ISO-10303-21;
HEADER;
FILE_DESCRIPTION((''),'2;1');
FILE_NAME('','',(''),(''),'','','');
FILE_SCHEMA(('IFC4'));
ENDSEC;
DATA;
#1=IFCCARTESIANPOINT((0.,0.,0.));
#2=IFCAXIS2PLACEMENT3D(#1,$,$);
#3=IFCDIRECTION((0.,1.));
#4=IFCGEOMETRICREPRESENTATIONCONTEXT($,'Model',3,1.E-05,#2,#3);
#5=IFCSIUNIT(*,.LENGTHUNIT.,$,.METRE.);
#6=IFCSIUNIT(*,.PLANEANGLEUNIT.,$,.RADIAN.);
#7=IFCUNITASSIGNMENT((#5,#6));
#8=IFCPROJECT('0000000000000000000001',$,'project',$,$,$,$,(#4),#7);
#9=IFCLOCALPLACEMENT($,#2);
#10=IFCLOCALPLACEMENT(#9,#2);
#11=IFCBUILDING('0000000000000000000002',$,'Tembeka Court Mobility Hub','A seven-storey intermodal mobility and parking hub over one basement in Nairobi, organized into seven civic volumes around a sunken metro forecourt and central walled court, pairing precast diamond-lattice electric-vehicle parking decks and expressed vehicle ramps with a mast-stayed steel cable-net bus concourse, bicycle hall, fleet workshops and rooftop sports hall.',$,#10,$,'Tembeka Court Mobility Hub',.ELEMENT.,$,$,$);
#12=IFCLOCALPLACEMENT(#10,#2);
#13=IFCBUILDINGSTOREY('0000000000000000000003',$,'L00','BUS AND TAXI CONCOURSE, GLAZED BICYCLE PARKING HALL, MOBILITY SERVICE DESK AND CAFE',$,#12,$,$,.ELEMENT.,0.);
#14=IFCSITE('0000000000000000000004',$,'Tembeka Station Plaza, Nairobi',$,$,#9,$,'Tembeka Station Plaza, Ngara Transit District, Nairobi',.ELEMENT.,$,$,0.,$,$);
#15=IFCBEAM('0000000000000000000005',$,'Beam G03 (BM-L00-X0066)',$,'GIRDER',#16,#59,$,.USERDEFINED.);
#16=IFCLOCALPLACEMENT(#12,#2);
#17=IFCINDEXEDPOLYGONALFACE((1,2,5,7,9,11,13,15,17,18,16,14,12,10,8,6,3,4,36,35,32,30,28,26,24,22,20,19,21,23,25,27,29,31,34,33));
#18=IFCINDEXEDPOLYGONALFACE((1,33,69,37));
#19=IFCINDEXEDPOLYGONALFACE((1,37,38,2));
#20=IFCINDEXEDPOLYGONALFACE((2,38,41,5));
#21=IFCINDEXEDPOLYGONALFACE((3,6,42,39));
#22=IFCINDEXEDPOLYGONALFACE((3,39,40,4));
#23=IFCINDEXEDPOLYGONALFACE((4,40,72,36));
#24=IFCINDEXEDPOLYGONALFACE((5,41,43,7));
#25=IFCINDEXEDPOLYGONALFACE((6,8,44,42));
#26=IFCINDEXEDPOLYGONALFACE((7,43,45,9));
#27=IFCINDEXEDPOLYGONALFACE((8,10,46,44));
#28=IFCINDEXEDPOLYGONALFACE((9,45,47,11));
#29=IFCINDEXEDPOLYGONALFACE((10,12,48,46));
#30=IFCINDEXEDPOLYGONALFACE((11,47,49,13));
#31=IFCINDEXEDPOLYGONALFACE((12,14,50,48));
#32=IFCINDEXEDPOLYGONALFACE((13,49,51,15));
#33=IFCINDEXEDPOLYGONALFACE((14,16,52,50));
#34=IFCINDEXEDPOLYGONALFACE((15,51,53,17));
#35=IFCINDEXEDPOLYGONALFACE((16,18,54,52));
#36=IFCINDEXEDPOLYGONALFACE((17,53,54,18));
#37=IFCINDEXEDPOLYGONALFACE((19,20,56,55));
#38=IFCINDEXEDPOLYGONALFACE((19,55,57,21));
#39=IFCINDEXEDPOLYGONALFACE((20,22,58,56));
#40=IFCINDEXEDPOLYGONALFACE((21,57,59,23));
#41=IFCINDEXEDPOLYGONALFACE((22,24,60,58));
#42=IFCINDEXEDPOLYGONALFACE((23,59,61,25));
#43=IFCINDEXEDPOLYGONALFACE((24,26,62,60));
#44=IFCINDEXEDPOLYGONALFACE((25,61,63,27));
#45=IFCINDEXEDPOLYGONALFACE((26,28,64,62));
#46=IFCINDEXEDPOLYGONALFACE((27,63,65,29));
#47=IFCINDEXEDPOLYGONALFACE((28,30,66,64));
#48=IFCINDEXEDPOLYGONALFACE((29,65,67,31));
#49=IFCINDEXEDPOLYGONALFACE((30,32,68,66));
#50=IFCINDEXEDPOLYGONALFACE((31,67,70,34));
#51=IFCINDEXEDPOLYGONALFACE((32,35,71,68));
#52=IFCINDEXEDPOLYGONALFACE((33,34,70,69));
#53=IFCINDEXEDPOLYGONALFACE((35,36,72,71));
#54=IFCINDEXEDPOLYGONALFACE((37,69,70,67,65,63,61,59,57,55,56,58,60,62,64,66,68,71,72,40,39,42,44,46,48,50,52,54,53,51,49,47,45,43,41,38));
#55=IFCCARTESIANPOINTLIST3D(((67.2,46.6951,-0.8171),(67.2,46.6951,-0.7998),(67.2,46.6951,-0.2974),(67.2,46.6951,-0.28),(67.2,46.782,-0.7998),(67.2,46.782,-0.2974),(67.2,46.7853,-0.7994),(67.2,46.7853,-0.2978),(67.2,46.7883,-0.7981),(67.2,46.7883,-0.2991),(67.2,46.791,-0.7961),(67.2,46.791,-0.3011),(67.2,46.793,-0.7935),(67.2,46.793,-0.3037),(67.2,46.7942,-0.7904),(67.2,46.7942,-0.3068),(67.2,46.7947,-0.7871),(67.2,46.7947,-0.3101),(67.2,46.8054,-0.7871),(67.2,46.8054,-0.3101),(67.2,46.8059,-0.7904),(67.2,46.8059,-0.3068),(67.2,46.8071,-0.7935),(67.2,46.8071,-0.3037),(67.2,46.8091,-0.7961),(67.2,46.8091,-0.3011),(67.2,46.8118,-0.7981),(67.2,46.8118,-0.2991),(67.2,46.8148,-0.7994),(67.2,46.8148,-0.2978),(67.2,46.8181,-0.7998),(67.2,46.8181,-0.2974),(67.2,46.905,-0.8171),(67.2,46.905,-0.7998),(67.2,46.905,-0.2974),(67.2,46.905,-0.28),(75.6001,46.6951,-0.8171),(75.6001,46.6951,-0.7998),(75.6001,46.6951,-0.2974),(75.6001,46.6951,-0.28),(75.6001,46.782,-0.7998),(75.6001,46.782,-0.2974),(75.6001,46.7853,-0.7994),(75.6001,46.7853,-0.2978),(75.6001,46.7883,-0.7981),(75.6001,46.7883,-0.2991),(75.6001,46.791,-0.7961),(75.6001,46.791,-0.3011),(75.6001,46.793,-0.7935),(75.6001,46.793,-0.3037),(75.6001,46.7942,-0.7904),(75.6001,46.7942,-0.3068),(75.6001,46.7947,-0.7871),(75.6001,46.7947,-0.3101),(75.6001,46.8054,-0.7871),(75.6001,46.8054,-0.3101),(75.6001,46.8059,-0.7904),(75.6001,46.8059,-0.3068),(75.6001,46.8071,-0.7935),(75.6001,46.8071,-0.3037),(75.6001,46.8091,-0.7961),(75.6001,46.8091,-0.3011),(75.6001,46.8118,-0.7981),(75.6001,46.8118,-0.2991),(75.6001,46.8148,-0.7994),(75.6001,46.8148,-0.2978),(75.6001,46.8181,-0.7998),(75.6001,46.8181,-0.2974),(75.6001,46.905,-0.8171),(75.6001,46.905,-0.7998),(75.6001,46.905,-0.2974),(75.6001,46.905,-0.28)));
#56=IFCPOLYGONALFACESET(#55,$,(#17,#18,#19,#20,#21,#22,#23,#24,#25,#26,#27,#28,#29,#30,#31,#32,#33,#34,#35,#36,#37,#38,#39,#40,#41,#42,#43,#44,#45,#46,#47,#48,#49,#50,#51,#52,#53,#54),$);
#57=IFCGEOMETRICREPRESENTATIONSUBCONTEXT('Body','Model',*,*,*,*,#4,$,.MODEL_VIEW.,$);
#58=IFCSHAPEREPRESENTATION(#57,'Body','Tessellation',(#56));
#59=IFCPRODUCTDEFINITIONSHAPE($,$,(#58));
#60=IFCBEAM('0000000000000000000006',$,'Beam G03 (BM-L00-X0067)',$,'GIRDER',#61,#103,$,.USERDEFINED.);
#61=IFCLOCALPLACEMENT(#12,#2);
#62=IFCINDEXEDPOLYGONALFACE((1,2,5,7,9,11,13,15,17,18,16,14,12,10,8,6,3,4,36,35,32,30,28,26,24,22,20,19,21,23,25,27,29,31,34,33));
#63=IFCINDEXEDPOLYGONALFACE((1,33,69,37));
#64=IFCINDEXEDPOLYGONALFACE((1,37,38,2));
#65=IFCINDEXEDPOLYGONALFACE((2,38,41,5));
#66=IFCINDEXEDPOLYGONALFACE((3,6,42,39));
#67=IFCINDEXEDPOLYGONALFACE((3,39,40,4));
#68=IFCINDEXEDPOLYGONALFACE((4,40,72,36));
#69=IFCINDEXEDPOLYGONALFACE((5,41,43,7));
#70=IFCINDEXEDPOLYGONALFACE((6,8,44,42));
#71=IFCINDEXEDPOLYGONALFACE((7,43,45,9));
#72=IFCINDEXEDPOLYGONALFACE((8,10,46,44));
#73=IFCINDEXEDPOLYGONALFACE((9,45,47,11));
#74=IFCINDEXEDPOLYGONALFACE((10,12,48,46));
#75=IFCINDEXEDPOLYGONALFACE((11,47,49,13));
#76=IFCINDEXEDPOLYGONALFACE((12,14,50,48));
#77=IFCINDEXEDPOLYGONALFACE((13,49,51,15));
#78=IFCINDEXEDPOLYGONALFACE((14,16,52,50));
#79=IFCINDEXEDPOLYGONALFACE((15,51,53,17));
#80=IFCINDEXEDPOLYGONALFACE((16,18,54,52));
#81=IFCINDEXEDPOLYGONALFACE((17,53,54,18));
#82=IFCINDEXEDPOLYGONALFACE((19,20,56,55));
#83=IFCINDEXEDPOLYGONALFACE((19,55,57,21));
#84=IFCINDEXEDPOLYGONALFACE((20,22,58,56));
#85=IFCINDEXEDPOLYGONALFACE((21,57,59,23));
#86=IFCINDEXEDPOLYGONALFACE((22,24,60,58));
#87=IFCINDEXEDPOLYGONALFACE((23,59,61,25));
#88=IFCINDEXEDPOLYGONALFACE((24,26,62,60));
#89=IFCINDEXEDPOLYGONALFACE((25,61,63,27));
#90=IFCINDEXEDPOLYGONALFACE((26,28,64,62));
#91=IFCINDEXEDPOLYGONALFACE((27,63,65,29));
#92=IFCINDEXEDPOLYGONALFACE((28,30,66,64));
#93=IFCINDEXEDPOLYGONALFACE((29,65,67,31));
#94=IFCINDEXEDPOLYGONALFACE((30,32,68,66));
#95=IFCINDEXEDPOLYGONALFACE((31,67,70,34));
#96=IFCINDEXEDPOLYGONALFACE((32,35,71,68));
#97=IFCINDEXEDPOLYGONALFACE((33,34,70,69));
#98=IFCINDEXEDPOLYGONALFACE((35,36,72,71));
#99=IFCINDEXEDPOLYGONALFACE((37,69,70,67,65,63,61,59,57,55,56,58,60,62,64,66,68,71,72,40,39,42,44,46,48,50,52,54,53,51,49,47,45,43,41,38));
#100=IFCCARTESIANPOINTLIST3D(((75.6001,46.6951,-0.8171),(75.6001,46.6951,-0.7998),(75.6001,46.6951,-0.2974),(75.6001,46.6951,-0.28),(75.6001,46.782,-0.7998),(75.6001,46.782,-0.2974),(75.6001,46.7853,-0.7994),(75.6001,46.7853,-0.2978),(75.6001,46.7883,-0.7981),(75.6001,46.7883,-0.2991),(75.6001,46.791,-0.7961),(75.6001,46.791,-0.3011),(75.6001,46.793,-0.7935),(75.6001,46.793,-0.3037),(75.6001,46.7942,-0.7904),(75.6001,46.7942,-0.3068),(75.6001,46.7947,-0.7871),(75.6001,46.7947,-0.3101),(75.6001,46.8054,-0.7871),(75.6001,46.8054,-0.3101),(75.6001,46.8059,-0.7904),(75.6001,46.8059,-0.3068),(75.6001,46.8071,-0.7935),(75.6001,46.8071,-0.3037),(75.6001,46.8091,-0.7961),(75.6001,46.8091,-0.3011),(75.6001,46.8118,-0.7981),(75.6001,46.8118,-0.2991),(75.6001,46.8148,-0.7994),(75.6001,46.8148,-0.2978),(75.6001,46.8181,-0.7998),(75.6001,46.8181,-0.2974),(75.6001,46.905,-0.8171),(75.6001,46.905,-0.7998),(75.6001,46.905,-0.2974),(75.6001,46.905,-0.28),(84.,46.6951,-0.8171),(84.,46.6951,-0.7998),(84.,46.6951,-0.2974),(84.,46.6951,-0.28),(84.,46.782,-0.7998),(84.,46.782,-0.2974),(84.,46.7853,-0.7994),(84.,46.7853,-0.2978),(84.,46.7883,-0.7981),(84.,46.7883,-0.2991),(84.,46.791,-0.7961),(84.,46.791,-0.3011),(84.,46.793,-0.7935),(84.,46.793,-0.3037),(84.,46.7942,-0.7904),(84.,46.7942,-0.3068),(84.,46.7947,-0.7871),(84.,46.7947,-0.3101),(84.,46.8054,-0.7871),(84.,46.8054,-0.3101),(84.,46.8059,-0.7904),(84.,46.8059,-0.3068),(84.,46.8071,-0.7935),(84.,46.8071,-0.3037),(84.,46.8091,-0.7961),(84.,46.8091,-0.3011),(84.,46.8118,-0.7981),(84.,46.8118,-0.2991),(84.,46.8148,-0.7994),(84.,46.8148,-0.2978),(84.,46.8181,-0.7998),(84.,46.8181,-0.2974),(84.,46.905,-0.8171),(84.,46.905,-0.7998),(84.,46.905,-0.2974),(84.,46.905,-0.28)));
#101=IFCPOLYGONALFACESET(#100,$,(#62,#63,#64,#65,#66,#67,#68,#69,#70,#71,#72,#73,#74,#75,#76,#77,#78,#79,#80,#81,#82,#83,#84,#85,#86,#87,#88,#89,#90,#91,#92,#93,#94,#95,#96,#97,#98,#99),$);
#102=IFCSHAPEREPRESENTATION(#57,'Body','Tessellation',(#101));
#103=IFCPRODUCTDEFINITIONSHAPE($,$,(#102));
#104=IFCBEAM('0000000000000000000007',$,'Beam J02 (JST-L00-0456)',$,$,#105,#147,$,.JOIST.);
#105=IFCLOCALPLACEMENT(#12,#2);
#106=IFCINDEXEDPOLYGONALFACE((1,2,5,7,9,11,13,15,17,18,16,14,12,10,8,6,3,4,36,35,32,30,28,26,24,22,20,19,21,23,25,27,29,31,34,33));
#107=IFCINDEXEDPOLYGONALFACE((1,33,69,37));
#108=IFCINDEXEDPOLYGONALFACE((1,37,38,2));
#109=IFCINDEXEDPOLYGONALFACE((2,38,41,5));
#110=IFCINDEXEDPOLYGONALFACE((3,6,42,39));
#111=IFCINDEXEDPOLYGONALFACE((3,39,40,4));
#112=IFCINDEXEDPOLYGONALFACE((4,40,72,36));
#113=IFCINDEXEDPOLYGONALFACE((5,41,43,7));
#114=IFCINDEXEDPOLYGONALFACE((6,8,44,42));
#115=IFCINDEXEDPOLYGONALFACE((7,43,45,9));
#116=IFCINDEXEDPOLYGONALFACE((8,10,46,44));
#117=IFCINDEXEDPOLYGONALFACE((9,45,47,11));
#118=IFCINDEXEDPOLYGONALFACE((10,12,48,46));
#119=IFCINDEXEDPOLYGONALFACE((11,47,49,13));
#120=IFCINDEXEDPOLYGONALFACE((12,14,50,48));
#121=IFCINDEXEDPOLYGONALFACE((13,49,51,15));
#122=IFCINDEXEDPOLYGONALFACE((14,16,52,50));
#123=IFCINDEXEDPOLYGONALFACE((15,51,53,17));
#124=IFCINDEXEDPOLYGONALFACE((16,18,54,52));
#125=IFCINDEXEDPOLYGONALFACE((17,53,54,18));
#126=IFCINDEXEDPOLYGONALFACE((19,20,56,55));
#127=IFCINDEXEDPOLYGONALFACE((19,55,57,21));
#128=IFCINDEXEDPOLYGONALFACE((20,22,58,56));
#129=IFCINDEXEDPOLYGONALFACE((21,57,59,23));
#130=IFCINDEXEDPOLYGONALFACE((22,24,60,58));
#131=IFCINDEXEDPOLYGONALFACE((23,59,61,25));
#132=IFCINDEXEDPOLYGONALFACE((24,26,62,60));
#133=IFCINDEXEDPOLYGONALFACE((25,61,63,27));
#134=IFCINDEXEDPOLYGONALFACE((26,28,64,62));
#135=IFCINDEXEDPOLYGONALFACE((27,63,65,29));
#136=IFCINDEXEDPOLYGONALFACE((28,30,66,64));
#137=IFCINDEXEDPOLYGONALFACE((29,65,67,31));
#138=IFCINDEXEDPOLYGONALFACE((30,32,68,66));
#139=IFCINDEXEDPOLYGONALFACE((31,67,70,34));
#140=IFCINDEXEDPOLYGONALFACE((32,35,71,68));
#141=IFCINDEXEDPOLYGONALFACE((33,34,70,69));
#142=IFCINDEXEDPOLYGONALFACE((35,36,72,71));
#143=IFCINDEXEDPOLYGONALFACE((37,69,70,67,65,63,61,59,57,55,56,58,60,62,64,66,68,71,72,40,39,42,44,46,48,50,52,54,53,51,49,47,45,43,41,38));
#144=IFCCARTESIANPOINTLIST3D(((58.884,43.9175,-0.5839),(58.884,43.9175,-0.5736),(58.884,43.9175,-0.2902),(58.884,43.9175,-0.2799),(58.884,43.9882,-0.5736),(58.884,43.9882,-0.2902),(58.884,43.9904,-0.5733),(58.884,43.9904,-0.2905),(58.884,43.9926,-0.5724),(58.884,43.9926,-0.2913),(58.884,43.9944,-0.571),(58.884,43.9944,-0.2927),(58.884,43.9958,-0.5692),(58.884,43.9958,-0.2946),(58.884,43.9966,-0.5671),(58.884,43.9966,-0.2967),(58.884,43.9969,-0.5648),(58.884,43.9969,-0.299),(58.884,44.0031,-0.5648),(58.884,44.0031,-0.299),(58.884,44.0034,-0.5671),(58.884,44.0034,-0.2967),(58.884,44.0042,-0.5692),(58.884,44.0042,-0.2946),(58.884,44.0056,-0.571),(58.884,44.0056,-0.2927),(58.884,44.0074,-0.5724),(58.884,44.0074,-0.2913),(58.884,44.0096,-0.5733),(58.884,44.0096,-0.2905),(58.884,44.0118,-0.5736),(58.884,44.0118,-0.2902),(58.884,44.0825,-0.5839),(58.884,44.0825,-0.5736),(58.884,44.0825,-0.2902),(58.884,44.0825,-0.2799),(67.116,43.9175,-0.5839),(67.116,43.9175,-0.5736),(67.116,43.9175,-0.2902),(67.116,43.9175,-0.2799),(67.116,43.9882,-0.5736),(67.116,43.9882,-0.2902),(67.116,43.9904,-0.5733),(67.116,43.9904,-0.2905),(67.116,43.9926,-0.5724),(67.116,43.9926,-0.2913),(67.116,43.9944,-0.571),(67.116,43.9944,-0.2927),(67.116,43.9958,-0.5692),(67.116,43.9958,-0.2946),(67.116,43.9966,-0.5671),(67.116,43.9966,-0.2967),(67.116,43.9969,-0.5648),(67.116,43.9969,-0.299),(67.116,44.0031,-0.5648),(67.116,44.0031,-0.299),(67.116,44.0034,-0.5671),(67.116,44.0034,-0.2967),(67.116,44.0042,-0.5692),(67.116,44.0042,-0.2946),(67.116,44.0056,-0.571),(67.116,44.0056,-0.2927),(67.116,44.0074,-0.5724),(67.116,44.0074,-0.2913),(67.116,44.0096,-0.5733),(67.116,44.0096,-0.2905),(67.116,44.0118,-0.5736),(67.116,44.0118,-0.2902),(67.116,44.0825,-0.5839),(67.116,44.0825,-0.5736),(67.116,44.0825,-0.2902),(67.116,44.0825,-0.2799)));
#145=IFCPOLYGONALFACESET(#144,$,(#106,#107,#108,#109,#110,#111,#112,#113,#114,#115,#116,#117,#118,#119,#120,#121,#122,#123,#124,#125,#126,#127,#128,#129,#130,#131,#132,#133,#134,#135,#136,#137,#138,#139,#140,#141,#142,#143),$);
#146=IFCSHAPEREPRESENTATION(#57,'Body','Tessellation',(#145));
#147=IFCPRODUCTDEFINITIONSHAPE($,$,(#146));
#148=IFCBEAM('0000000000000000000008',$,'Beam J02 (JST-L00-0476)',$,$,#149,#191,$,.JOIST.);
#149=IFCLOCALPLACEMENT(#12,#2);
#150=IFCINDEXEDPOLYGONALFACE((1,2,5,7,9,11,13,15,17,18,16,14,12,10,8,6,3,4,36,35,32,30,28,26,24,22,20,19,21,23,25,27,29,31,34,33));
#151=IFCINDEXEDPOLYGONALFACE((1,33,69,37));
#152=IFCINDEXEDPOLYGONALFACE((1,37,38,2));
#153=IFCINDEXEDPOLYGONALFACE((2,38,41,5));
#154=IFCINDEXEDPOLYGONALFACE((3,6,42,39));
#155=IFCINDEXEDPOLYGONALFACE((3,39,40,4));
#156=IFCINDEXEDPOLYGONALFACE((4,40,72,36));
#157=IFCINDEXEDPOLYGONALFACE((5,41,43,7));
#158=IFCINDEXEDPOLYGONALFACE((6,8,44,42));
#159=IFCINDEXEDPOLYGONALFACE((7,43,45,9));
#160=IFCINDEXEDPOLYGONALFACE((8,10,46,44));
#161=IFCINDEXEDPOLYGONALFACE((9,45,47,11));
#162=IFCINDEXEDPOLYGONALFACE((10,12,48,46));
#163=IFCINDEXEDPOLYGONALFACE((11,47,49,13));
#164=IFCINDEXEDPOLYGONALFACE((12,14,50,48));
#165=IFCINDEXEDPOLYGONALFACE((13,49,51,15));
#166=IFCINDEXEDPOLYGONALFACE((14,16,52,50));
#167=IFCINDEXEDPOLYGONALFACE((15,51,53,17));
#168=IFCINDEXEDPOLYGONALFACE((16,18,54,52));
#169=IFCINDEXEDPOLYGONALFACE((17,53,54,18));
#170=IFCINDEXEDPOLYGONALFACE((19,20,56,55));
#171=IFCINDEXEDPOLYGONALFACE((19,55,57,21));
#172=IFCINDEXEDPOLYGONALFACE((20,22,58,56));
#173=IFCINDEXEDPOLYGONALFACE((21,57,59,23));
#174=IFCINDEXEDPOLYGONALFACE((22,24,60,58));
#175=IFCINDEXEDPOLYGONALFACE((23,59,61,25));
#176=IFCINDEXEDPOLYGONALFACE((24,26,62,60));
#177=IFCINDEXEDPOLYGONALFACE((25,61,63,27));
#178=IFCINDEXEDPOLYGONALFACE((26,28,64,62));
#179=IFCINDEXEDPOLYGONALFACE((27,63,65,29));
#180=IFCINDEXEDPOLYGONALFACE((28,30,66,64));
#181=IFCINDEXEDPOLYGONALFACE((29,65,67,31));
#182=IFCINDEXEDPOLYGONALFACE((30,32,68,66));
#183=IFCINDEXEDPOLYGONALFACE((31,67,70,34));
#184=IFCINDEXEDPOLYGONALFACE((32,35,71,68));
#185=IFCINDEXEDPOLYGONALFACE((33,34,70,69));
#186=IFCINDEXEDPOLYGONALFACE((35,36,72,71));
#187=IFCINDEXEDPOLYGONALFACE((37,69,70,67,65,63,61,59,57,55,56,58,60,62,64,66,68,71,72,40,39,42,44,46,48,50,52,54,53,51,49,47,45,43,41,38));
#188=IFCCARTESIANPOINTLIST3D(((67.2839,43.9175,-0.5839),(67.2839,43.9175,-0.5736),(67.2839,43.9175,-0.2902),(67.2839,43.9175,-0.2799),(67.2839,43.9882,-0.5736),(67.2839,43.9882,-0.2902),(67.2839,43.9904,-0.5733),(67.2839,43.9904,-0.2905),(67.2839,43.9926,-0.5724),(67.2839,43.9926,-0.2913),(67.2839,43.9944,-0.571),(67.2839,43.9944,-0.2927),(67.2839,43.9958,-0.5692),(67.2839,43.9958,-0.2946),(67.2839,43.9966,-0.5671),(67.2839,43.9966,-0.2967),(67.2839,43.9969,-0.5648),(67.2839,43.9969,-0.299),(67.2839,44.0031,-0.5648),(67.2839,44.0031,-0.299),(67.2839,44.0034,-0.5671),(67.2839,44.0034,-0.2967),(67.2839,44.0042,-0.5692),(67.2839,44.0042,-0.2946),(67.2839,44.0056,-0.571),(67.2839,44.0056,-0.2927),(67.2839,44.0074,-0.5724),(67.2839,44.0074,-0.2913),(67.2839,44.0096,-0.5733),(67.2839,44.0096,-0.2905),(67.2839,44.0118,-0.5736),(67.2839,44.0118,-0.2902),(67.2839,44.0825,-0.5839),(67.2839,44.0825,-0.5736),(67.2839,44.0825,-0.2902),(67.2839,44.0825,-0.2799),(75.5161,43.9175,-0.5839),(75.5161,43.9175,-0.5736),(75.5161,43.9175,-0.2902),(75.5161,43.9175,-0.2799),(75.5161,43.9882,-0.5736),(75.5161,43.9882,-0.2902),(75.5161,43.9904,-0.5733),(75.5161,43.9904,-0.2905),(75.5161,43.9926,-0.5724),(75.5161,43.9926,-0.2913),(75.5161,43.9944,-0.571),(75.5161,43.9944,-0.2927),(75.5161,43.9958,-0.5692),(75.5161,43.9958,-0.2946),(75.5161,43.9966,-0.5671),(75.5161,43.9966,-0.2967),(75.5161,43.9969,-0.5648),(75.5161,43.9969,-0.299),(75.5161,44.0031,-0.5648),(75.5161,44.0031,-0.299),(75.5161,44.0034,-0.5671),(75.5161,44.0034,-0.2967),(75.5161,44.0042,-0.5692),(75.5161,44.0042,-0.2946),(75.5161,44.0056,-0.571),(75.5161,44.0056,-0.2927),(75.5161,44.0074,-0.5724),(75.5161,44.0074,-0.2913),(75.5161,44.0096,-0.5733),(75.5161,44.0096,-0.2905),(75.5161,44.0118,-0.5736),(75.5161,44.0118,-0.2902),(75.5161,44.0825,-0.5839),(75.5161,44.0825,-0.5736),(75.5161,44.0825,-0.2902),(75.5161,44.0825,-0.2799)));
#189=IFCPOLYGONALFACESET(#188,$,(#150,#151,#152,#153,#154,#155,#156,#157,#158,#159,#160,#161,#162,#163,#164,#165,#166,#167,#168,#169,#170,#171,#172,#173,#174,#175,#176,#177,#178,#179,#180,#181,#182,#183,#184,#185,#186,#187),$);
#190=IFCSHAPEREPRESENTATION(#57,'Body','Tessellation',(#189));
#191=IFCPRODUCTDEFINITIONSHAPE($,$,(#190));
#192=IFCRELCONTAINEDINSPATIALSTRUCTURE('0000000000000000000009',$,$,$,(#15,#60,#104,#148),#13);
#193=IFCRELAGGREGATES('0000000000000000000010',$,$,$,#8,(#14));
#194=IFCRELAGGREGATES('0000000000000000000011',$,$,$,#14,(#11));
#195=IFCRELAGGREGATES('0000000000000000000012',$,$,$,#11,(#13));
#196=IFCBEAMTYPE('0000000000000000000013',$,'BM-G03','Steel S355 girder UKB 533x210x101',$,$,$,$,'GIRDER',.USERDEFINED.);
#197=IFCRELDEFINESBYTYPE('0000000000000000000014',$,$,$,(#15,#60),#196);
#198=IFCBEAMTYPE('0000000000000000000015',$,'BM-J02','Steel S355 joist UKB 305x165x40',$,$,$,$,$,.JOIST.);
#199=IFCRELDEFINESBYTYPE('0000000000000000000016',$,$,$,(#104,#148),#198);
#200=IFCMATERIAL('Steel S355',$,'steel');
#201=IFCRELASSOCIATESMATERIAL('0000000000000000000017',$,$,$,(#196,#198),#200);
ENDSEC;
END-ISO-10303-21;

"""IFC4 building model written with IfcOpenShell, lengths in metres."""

from ifc_helpers import new_model, si_unit, direction, frame, origin, origin_2d, place, context, subcontext, project, spatial, i_section, extrude, material, material_profile, profile_set, type_object, element, save


model = new_model("IFC4")

# Units and contexts
model_context = context("Model", 3, precision=1e-05, world=origin(), true_north=direction((0.0, 1.0)))
body_context = subcontext(model_context, "Body", "Model", "MODEL_VIEW")
ifc_project = project(units=[si_unit("LENGTHUNIT", "METRE"), si_unit("PLANEANGLEUNIT", "RADIAN")], contexts=[model_context])

# Site, building, storey
site_placement = place(None, origin())
site = spatial("IfcSite", under=ifc_project, at=site_placement, Name="Tembeka Station Plaza, Nairobi", LongName="Tembeka Station Plaza, Ngara Transit District, Nairobi", CompositionType="ELEMENT", RefElevation=0.0)
building_placement = place(site_placement, origin())
building = spatial("IfcBuilding", under=site, at=building_placement, Name="Tembeka Court Mobility Hub", Description="A seven-storey intermodal mobility and parking hub over one basement in Nairobi, organized into seven civic volumes around a sunken metro forecourt and central walled court, pairing precast diamond-lattice electric-vehicle parking decks and expressed vehicle ramps with a mast-stayed steel cable-net bus concourse, bicycle hall, fleet workshops and rooftop sports hall.", LongName="Tembeka Court Mobility Hub", CompositionType="ELEMENT")
storey_placement = place(building_placement, origin())
storey = spatial("IfcBuildingStorey", under=building, at=storey_placement, Name="L00", Description="BUS AND TAXI CONCOURSE, GLAZED BICYCLE PARKING HALL, MOBILITY SERVICE DESK AND CAFE", CompositionType="ELEMENT", Elevation=0.0)

# Shared definitions
ifc_material_1 = material(Name="Steel S355", Category="steel")

# Beams
ifc_material_profile_1 = material_profile(ifc_material_1, i_section(OverallWidth=0.21, OverallDepth=0.5371, WebThickness=0.0107, FlangeThickness=0.0173, FilletRadius=0.0127, at=origin_2d()), Name="UKB 533x210x101")
ifc_profile_set_1 = profile_set([ifc_material_profile_1], Name="Steel S355")
beam_type_1 = type_object("IfcBeamType", Name="BM-G03", Description="Steel S355 girder UKB 533x210x101", ElementType="GIRDER", PredefinedType="USERDEFINED", material=ifc_profile_set_1)
beam_1_placement = place(storey_placement, frame((67.2, 46.8, -0.5486), z_axis=(1.0, 0.0, 0.0), x_axis=(0.0, 1.0, 0.0)))
element("IfcBeam", 1, at=beam_1_placement, inside=storey, type_object=beam_type_1, Name="Beam G03 (BM-L00-X0066)", ObjectType="GIRDER", PredefinedType="USERDEFINED", context=body_context, shape_type="SweptSolid", body=[
    extrude(i_section(OverallWidth=0.21, OverallDepth=0.5371, WebThickness=0.0107, FlangeThickness=0.0173, FilletRadius=0.0127, at=origin_2d()), origin(), (0.0, 0.0, 1.0), 8.4001),
])
beam_2_placement = place(storey_placement, frame((75.6001, 46.8, -0.5486), z_axis=(1.0, 0.0, 0.0), x_axis=(0.0, 1.0, 0.0)))
element("IfcBeam", 2, at=beam_2_placement, inside=storey, type_object=beam_type_1, Name="Beam G03 (BM-L00-X0067)", ObjectType="GIRDER", PredefinedType="USERDEFINED", context=body_context, shape_type="SweptSolid", body=[
    extrude(i_section(OverallWidth=0.21, OverallDepth=0.5371, WebThickness=0.0107, FlangeThickness=0.0173, FilletRadius=0.0127, at=origin_2d()), origin(), (0.0, 0.0, 1.0), 8.3999),
])
ifc_material_profile_2 = material_profile(ifc_material_1, i_section(OverallWidth=0.165, OverallDepth=0.304, WebThickness=0.0061, FlangeThickness=0.0103, FilletRadius=0.0088, at=origin_2d()), Name="UKB 305x165x40")
ifc_profile_set_2 = profile_set([ifc_material_profile_2], Name="Steel S355")
beam_type_2 = type_object("IfcBeamType", Name="BM-J02", Description="Steel S355 joist UKB 305x165x40", PredefinedType="JOIST", material=ifc_profile_set_2)
beam_3_placement = place(storey_placement, frame((58.884, 44.0, -0.4319), z_axis=(1.0, 0.0, 0.0), x_axis=(0.0, 1.0, 0.0)))
element("IfcBeam", 3, at=beam_3_placement, inside=storey, type_object=beam_type_2, Name="Beam J02 (JST-L00-0456)", PredefinedType="JOIST", context=body_context, shape_type="SweptSolid", body=[
    extrude(i_section(OverallWidth=0.165, OverallDepth=0.304, WebThickness=0.0061, FlangeThickness=0.0103, FilletRadius=0.0088, at=origin_2d()), origin(), (0.0, 0.0, 1.0), 8.2319),
])
beam_4_placement = place(storey_placement, frame((67.2839, 44.0, -0.4319), z_axis=(1.0, 0.0, 0.0), x_axis=(0.0, 1.0, 0.0)))
element("IfcBeam", 4, at=beam_4_placement, inside=storey, type_object=beam_type_2, Name="Beam J02 (JST-L00-0476)", PredefinedType="JOIST", context=body_context, shape_type="SweptSolid", body=[
    extrude(i_section(OverallWidth=0.165, OverallDepth=0.304, WebThickness=0.0061, FlangeThickness=0.0103, FilletRadius=0.0088, at=origin_2d()), origin(), (0.0, 0.0, 1.0), 8.2322),
])

save(model, "model.ifc")
